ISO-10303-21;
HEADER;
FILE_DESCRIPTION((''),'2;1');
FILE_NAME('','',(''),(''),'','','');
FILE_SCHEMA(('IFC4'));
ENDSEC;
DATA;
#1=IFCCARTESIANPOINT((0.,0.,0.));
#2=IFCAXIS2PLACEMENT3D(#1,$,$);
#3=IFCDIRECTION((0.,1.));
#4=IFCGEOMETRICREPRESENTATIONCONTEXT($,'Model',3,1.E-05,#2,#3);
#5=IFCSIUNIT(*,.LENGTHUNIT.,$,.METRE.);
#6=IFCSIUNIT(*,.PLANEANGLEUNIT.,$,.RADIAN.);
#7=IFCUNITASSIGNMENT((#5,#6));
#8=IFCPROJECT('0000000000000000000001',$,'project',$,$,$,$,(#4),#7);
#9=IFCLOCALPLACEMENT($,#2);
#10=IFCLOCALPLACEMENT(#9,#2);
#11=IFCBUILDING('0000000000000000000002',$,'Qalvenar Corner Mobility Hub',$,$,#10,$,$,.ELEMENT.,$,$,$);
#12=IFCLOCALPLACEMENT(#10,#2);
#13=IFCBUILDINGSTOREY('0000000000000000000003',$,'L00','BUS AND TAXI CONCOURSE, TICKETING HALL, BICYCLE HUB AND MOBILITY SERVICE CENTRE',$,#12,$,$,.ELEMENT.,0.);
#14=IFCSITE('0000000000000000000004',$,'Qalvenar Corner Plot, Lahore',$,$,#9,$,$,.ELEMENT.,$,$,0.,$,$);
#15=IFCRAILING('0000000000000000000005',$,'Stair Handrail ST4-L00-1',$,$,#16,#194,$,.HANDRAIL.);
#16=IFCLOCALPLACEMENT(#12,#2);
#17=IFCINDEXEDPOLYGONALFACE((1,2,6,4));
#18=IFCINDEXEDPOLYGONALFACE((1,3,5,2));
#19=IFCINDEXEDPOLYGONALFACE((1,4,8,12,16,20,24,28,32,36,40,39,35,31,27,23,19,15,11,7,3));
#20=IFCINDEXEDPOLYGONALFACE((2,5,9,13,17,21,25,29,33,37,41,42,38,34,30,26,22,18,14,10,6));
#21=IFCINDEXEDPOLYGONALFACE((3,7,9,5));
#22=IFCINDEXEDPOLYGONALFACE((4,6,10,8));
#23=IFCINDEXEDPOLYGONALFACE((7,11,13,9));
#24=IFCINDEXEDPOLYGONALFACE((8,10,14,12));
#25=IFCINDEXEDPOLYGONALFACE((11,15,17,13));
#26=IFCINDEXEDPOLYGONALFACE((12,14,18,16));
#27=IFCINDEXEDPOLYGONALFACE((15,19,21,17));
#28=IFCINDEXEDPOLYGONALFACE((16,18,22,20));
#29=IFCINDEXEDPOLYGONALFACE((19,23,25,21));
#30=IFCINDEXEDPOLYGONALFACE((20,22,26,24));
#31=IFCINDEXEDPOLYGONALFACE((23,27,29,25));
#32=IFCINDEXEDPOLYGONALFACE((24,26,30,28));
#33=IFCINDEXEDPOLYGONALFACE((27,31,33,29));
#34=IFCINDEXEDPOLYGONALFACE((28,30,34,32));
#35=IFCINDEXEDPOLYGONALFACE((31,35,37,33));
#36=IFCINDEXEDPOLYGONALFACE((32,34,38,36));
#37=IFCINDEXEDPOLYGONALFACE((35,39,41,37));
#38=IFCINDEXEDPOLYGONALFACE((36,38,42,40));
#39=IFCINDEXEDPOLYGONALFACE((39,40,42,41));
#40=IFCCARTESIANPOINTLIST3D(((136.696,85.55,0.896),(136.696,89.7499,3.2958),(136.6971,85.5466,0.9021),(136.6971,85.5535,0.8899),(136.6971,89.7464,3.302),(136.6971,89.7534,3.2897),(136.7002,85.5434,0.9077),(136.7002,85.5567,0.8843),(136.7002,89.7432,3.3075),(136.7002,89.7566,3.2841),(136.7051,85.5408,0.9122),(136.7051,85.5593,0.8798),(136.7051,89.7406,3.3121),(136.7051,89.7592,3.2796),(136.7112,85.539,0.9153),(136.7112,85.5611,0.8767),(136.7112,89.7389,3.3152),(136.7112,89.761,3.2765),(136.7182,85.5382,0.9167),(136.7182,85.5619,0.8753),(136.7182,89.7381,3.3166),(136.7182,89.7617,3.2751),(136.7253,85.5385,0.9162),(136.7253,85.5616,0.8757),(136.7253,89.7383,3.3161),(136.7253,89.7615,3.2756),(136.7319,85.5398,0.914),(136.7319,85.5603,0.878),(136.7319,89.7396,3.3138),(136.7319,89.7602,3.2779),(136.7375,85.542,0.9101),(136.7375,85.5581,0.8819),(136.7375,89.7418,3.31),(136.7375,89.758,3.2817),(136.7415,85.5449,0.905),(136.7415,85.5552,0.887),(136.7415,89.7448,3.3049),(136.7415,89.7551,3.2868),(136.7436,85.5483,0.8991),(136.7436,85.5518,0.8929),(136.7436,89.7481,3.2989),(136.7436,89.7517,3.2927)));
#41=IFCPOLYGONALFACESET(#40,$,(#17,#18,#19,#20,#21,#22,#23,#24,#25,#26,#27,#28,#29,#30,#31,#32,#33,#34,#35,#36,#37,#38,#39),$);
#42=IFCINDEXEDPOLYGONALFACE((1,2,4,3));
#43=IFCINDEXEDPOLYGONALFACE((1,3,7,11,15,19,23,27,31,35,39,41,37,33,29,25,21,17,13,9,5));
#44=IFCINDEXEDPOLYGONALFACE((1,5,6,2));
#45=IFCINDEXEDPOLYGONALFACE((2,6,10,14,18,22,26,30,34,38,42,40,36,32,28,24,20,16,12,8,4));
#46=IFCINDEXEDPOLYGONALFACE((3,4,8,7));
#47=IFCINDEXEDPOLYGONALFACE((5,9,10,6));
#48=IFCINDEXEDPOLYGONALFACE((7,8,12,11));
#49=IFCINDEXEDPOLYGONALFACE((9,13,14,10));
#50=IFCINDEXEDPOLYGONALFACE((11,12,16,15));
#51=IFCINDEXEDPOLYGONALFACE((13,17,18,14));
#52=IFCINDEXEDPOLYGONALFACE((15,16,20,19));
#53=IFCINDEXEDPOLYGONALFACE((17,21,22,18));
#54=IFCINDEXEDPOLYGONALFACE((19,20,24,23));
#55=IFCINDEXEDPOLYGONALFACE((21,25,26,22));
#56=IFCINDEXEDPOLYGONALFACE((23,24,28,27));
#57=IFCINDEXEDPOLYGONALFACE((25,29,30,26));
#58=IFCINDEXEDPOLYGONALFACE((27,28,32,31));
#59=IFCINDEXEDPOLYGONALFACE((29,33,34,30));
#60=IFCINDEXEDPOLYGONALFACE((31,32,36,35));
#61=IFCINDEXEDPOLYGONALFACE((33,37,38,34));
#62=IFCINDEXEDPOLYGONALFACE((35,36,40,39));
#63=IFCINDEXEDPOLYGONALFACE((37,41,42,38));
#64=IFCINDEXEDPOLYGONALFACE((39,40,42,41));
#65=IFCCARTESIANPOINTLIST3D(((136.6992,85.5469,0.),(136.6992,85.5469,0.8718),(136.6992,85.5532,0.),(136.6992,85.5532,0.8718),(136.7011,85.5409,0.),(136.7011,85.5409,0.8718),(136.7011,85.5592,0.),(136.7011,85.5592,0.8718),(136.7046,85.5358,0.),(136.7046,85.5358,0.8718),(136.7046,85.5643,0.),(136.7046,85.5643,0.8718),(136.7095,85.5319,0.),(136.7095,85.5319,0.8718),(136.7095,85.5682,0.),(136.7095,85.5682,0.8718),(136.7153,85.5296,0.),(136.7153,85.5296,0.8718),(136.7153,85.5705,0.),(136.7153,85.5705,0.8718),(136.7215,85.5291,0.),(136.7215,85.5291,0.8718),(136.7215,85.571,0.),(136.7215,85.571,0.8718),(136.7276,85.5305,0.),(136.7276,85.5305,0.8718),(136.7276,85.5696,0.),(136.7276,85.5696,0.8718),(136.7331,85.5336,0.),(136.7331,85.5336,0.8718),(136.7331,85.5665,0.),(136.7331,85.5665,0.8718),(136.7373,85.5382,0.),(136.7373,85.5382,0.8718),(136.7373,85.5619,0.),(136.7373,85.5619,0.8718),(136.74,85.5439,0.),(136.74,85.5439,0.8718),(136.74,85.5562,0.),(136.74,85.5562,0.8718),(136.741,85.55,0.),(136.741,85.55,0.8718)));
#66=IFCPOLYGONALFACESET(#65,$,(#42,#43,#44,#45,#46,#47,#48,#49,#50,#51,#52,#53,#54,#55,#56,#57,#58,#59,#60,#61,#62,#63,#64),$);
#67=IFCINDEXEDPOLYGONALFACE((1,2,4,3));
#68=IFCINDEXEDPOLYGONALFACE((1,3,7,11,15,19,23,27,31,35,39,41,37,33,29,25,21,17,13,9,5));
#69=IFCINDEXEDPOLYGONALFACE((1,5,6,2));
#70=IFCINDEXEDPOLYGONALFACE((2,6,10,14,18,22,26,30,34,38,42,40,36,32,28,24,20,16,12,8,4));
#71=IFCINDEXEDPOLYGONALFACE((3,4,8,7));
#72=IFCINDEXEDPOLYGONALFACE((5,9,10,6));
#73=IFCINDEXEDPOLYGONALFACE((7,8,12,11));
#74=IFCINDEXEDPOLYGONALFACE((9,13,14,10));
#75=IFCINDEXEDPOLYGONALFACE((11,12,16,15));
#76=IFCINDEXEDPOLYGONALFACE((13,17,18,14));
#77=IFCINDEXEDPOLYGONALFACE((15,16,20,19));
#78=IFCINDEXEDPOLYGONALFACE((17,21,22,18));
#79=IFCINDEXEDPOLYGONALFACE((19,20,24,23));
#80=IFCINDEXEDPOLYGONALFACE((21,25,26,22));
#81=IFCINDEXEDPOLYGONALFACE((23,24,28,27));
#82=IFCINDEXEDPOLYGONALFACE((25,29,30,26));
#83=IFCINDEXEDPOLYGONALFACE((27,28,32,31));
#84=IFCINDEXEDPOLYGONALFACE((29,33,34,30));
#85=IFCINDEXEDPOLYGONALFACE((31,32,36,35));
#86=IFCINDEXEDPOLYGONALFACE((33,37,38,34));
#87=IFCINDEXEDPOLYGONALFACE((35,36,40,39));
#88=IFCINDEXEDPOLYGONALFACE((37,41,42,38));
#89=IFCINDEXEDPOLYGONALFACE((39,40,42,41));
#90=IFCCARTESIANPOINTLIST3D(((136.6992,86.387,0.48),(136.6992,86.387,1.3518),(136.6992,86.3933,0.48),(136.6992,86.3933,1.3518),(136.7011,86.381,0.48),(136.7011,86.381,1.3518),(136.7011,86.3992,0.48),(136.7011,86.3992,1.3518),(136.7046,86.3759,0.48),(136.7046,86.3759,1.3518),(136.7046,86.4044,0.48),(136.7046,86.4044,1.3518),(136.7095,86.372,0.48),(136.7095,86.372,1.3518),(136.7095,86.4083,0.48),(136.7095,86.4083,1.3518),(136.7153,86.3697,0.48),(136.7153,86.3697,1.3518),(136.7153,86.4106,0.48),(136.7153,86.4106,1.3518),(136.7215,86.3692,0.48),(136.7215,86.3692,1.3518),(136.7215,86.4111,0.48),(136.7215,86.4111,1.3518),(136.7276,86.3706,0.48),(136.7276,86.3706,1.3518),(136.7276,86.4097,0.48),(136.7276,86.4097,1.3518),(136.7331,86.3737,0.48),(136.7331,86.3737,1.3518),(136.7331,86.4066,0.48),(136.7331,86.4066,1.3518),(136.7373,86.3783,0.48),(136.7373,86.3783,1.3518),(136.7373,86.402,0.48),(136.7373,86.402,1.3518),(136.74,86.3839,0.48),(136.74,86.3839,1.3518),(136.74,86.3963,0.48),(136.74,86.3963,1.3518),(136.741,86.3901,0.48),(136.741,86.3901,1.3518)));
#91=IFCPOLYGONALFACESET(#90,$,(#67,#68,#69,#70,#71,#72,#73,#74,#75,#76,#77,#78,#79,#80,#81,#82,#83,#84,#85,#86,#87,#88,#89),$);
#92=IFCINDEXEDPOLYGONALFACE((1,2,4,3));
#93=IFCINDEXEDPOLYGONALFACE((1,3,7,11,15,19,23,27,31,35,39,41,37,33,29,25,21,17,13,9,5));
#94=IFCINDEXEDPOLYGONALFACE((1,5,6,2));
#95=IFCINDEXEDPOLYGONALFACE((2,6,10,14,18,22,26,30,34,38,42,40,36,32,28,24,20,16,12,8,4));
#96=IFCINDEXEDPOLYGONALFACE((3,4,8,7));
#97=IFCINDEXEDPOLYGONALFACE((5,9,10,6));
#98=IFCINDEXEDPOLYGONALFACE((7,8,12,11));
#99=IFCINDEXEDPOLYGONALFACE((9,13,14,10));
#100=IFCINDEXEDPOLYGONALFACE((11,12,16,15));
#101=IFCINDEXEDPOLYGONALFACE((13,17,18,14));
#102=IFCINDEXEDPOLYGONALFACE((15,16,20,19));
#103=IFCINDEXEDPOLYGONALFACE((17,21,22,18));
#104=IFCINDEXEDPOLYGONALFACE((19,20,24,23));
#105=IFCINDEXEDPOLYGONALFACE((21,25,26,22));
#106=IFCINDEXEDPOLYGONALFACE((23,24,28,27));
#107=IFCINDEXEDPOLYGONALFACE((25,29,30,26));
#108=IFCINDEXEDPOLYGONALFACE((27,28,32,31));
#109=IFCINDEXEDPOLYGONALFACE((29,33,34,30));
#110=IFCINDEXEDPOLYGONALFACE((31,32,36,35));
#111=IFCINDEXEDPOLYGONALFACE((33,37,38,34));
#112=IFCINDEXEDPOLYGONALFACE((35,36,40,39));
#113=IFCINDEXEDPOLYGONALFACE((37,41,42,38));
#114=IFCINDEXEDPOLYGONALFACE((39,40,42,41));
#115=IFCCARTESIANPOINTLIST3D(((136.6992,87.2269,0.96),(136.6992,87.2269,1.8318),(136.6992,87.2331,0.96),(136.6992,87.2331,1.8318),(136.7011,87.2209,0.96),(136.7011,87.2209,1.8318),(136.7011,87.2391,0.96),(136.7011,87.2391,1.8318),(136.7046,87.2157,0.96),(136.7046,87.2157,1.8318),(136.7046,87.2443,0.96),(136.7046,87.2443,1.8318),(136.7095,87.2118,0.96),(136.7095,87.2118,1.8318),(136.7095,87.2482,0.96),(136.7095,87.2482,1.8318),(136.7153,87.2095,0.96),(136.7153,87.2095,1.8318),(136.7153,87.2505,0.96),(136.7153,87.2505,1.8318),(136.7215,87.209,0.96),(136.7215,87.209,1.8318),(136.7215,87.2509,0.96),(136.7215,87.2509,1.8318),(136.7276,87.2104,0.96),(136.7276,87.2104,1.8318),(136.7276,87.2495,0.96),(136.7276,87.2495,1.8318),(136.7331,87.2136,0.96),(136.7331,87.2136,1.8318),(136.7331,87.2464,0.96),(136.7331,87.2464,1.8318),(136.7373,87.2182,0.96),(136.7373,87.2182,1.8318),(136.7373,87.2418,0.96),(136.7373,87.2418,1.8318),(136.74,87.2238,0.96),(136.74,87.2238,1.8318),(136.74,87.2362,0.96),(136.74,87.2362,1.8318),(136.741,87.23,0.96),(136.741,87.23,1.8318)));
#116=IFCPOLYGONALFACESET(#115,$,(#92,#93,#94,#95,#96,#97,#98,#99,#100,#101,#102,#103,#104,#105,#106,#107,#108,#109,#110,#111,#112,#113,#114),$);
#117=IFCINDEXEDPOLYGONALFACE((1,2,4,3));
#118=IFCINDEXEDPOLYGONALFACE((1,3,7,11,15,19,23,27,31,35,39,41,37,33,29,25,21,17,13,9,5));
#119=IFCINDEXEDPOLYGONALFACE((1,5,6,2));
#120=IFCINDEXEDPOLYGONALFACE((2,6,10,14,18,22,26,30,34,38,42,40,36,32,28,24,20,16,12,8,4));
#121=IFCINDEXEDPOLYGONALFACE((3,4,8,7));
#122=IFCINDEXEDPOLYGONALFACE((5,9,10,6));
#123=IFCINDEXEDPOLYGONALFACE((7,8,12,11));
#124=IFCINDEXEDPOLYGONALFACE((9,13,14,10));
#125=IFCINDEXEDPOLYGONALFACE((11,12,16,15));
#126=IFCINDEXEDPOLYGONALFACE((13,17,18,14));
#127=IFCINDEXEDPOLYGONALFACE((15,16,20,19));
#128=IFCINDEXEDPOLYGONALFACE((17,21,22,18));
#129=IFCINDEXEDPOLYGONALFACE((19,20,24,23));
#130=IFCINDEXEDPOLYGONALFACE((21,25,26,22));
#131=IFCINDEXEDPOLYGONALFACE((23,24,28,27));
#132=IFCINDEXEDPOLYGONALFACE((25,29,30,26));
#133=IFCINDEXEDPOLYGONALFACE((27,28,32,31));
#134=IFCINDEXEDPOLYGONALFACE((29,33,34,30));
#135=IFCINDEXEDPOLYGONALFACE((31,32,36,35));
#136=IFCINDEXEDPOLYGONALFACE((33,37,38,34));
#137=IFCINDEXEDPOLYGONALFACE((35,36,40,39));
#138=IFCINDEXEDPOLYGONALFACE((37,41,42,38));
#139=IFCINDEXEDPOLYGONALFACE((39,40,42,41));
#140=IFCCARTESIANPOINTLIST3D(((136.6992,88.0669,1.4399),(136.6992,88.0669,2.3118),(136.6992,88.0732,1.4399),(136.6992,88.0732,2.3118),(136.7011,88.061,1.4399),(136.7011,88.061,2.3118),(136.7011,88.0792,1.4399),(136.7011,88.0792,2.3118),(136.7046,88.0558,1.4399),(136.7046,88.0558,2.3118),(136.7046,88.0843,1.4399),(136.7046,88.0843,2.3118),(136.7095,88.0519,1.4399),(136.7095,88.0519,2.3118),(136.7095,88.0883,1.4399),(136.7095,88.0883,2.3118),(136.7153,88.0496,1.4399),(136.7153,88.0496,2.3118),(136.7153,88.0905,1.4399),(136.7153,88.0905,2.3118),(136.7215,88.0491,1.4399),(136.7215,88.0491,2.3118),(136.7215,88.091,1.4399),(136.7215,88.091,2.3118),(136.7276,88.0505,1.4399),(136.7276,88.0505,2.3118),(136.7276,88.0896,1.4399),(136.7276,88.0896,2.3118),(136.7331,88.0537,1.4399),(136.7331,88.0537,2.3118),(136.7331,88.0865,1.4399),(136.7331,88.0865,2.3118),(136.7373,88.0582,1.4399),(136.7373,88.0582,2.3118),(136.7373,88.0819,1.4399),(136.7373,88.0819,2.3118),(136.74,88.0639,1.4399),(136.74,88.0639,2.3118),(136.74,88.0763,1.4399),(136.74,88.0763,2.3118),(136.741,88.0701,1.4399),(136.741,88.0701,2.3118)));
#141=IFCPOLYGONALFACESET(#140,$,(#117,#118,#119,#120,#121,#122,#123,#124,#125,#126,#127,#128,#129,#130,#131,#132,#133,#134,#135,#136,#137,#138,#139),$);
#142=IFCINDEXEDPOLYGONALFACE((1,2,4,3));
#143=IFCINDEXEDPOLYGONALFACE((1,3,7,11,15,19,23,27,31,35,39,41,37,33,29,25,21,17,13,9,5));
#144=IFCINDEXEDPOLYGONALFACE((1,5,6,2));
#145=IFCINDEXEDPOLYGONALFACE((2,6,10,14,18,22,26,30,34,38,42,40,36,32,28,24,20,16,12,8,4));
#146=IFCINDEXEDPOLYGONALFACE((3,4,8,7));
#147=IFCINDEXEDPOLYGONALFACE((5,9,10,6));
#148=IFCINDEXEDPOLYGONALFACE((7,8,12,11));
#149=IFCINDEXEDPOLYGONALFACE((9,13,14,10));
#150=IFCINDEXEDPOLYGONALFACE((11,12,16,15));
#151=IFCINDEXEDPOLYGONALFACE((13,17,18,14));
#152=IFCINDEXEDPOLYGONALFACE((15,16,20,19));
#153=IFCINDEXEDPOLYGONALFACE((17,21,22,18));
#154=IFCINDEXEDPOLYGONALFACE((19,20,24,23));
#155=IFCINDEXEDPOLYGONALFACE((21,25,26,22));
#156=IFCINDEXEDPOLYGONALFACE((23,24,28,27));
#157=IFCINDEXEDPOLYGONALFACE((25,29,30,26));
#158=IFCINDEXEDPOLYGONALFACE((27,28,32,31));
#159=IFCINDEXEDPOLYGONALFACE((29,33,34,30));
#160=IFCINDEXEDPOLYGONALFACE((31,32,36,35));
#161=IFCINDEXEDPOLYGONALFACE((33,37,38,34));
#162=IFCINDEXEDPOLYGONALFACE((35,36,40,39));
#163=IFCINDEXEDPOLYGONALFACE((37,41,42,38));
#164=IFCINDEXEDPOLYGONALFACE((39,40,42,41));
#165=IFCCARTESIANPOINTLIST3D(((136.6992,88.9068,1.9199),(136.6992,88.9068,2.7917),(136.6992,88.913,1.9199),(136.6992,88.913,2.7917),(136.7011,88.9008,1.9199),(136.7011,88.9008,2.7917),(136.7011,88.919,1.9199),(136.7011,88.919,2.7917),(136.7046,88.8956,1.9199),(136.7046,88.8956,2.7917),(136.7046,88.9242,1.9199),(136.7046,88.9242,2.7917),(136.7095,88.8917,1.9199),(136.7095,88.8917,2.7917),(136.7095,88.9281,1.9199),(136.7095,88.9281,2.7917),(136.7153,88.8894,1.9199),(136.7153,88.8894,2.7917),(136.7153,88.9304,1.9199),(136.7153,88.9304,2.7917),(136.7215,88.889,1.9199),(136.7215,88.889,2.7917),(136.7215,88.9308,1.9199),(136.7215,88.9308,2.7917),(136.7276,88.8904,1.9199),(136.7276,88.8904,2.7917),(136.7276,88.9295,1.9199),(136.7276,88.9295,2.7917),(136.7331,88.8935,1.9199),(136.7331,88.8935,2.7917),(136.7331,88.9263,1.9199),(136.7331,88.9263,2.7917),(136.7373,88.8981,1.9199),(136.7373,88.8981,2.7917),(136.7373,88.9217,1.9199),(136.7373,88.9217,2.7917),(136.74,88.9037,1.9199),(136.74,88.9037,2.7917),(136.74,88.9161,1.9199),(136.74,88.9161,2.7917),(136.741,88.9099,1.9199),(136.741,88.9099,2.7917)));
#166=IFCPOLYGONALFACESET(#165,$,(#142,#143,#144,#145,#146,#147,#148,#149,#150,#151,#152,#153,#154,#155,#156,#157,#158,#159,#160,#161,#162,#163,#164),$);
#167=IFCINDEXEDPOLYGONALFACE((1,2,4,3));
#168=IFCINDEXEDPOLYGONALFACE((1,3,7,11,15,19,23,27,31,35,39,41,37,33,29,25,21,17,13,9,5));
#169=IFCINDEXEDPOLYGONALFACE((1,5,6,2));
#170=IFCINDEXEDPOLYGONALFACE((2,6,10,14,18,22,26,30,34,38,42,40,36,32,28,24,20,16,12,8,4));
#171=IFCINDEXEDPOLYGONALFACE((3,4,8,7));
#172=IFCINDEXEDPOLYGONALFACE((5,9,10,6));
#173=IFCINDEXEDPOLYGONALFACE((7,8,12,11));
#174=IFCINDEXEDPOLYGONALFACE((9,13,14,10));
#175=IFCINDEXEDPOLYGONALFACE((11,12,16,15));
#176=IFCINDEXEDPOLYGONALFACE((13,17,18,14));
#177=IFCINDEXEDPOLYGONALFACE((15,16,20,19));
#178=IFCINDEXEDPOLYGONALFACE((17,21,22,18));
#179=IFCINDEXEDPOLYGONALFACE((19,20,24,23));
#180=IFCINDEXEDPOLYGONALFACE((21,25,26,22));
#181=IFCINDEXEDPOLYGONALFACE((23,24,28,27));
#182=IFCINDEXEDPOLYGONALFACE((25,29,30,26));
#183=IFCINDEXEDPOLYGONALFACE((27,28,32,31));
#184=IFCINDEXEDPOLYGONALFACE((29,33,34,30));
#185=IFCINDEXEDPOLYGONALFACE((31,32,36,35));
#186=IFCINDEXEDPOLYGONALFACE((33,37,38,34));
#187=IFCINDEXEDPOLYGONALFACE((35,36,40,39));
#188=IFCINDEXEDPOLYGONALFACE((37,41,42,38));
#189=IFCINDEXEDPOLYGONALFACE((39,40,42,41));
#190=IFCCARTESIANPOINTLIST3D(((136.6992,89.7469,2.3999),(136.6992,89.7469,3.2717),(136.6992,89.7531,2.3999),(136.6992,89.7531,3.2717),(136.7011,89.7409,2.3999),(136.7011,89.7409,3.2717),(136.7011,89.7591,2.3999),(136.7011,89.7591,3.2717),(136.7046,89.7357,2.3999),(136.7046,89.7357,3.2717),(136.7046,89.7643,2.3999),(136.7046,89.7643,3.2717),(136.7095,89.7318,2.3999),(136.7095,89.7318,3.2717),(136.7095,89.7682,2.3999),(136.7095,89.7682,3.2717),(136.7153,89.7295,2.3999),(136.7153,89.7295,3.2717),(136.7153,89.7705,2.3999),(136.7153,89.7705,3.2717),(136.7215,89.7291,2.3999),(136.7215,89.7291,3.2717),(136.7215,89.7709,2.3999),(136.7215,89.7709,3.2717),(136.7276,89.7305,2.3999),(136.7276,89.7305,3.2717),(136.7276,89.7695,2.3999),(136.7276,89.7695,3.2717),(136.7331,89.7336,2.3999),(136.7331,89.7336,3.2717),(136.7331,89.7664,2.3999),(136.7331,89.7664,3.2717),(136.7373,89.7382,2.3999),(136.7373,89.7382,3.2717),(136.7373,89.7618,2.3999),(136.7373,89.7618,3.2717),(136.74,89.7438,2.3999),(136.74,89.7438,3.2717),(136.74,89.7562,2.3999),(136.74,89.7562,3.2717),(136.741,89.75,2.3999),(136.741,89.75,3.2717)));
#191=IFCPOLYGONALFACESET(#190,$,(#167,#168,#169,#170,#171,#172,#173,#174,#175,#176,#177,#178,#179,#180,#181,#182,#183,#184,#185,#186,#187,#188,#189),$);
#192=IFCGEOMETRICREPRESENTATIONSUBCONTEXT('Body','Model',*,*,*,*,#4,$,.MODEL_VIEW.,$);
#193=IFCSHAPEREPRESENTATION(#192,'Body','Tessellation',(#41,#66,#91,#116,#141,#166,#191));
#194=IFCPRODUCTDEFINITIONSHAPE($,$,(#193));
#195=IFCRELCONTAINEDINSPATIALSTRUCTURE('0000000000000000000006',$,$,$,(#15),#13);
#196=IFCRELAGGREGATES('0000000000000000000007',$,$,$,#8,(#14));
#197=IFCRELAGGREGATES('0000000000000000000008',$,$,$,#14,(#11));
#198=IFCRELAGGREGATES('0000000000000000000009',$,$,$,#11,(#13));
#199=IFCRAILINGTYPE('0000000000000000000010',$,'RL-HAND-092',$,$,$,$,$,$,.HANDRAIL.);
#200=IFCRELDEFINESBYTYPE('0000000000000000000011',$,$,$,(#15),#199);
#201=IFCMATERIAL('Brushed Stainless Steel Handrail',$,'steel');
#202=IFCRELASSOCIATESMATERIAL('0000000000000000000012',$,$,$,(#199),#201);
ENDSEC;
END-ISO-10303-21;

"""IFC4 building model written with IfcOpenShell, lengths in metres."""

from ifc_helpers import new_model, si_unit, direction, frame, origin, origin_2d, place, context, subcontext, project, spatial, circle, extrude, material, type_object, element, save


model = new_model("IFC4")

# Units and contexts
model_context = context("Model", 3, precision=1e-05, world=origin(), true_north=direction((0.0, 1.0)))
body_context = subcontext(model_context, "Body", "Model", "MODEL_VIEW")
ifc_project = project(units=[si_unit("LENGTHUNIT", "METRE"), si_unit("PLANEANGLEUNIT", "RADIAN")], contexts=[model_context])

# Site, building, storey
site_placement = place(None, origin())
site = spatial("IfcSite", under=ifc_project, at=site_placement, Name="Qalvenar Corner Plot, Lahore", CompositionType="ELEMENT", RefElevation=0.0)
building_placement = place(site_placement, origin())
building = spatial("IfcBuilding", under=site, at=building_placement, Name="Qalvenar Corner Mobility Hub", CompositionType="ELEMENT")
storey_placement = place(building_placement, origin())
storey = spatial("IfcBuildingStorey", under=building, at=storey_placement, Name="L00", Description="BUS AND TAXI CONCOURSE, TICKETING HALL, BICYCLE HUB AND MOBILITY SERVICE CENTRE", CompositionType="ELEMENT", Elevation=0.0)

# Railing
ifc_material_1 = material(Name="Brushed Stainless Steel Handrail", Category="steel")
railing_type_1 = type_object("IfcRailingType", Name="RL-HAND-092", PredefinedType="HANDRAIL", material=ifc_material_1)
railing_1_placement = place(storey_placement, frame((136.72, 85.55, 0.0)))
element("IfcRailing", 1, at=railing_1_placement, inside=storey, type_object=railing_type_1, Name="Stair Handrail ST4-L00-1", PredefinedType="HANDRAIL", context=body_context, shape_type="SweptSolid", body=[
    extrude(circle(Radius=0.0239, at=origin_2d()), frame((0.0, 0.0, 0.896), z_axis=(0.0, 0.868249, 0.496128), x_axis=(-1.0, 0.0, 0.0)), (0.0, 0.0, 1.0), 4.8372),
    extrude(circle(Radius=0.021, at=origin_2d()), origin(), (0.0, 0.0, 1.0), 0.8718),
    extrude(circle(Radius=0.021, at=origin_2d()), frame((0.0, 0.8401, 0.48)), (0.0, 0.0, 1.0), 0.8718),
    extrude(circle(Radius=0.021, at=origin_2d()), frame((0.0, 1.6799, 0.96)), (0.0, 0.0, 1.0), 0.8718),
    extrude(circle(Radius=0.021, at=origin_2d()), frame((0.0, 2.52, 1.4399)), (0.0, 0.0, 1.0), 0.8718),
    extrude(circle(Radius=0.021, at=origin_2d()), frame((0.0, 3.3599, 1.9199)), (0.0, 0.0, 1.0), 0.8718),
    extrude(circle(Radius=0.021, at=origin_2d()), frame((0.0, 4.2, 2.3999)), (0.0, 0.0, 1.0), 0.8718),
])

save(model, "model.ifc")
